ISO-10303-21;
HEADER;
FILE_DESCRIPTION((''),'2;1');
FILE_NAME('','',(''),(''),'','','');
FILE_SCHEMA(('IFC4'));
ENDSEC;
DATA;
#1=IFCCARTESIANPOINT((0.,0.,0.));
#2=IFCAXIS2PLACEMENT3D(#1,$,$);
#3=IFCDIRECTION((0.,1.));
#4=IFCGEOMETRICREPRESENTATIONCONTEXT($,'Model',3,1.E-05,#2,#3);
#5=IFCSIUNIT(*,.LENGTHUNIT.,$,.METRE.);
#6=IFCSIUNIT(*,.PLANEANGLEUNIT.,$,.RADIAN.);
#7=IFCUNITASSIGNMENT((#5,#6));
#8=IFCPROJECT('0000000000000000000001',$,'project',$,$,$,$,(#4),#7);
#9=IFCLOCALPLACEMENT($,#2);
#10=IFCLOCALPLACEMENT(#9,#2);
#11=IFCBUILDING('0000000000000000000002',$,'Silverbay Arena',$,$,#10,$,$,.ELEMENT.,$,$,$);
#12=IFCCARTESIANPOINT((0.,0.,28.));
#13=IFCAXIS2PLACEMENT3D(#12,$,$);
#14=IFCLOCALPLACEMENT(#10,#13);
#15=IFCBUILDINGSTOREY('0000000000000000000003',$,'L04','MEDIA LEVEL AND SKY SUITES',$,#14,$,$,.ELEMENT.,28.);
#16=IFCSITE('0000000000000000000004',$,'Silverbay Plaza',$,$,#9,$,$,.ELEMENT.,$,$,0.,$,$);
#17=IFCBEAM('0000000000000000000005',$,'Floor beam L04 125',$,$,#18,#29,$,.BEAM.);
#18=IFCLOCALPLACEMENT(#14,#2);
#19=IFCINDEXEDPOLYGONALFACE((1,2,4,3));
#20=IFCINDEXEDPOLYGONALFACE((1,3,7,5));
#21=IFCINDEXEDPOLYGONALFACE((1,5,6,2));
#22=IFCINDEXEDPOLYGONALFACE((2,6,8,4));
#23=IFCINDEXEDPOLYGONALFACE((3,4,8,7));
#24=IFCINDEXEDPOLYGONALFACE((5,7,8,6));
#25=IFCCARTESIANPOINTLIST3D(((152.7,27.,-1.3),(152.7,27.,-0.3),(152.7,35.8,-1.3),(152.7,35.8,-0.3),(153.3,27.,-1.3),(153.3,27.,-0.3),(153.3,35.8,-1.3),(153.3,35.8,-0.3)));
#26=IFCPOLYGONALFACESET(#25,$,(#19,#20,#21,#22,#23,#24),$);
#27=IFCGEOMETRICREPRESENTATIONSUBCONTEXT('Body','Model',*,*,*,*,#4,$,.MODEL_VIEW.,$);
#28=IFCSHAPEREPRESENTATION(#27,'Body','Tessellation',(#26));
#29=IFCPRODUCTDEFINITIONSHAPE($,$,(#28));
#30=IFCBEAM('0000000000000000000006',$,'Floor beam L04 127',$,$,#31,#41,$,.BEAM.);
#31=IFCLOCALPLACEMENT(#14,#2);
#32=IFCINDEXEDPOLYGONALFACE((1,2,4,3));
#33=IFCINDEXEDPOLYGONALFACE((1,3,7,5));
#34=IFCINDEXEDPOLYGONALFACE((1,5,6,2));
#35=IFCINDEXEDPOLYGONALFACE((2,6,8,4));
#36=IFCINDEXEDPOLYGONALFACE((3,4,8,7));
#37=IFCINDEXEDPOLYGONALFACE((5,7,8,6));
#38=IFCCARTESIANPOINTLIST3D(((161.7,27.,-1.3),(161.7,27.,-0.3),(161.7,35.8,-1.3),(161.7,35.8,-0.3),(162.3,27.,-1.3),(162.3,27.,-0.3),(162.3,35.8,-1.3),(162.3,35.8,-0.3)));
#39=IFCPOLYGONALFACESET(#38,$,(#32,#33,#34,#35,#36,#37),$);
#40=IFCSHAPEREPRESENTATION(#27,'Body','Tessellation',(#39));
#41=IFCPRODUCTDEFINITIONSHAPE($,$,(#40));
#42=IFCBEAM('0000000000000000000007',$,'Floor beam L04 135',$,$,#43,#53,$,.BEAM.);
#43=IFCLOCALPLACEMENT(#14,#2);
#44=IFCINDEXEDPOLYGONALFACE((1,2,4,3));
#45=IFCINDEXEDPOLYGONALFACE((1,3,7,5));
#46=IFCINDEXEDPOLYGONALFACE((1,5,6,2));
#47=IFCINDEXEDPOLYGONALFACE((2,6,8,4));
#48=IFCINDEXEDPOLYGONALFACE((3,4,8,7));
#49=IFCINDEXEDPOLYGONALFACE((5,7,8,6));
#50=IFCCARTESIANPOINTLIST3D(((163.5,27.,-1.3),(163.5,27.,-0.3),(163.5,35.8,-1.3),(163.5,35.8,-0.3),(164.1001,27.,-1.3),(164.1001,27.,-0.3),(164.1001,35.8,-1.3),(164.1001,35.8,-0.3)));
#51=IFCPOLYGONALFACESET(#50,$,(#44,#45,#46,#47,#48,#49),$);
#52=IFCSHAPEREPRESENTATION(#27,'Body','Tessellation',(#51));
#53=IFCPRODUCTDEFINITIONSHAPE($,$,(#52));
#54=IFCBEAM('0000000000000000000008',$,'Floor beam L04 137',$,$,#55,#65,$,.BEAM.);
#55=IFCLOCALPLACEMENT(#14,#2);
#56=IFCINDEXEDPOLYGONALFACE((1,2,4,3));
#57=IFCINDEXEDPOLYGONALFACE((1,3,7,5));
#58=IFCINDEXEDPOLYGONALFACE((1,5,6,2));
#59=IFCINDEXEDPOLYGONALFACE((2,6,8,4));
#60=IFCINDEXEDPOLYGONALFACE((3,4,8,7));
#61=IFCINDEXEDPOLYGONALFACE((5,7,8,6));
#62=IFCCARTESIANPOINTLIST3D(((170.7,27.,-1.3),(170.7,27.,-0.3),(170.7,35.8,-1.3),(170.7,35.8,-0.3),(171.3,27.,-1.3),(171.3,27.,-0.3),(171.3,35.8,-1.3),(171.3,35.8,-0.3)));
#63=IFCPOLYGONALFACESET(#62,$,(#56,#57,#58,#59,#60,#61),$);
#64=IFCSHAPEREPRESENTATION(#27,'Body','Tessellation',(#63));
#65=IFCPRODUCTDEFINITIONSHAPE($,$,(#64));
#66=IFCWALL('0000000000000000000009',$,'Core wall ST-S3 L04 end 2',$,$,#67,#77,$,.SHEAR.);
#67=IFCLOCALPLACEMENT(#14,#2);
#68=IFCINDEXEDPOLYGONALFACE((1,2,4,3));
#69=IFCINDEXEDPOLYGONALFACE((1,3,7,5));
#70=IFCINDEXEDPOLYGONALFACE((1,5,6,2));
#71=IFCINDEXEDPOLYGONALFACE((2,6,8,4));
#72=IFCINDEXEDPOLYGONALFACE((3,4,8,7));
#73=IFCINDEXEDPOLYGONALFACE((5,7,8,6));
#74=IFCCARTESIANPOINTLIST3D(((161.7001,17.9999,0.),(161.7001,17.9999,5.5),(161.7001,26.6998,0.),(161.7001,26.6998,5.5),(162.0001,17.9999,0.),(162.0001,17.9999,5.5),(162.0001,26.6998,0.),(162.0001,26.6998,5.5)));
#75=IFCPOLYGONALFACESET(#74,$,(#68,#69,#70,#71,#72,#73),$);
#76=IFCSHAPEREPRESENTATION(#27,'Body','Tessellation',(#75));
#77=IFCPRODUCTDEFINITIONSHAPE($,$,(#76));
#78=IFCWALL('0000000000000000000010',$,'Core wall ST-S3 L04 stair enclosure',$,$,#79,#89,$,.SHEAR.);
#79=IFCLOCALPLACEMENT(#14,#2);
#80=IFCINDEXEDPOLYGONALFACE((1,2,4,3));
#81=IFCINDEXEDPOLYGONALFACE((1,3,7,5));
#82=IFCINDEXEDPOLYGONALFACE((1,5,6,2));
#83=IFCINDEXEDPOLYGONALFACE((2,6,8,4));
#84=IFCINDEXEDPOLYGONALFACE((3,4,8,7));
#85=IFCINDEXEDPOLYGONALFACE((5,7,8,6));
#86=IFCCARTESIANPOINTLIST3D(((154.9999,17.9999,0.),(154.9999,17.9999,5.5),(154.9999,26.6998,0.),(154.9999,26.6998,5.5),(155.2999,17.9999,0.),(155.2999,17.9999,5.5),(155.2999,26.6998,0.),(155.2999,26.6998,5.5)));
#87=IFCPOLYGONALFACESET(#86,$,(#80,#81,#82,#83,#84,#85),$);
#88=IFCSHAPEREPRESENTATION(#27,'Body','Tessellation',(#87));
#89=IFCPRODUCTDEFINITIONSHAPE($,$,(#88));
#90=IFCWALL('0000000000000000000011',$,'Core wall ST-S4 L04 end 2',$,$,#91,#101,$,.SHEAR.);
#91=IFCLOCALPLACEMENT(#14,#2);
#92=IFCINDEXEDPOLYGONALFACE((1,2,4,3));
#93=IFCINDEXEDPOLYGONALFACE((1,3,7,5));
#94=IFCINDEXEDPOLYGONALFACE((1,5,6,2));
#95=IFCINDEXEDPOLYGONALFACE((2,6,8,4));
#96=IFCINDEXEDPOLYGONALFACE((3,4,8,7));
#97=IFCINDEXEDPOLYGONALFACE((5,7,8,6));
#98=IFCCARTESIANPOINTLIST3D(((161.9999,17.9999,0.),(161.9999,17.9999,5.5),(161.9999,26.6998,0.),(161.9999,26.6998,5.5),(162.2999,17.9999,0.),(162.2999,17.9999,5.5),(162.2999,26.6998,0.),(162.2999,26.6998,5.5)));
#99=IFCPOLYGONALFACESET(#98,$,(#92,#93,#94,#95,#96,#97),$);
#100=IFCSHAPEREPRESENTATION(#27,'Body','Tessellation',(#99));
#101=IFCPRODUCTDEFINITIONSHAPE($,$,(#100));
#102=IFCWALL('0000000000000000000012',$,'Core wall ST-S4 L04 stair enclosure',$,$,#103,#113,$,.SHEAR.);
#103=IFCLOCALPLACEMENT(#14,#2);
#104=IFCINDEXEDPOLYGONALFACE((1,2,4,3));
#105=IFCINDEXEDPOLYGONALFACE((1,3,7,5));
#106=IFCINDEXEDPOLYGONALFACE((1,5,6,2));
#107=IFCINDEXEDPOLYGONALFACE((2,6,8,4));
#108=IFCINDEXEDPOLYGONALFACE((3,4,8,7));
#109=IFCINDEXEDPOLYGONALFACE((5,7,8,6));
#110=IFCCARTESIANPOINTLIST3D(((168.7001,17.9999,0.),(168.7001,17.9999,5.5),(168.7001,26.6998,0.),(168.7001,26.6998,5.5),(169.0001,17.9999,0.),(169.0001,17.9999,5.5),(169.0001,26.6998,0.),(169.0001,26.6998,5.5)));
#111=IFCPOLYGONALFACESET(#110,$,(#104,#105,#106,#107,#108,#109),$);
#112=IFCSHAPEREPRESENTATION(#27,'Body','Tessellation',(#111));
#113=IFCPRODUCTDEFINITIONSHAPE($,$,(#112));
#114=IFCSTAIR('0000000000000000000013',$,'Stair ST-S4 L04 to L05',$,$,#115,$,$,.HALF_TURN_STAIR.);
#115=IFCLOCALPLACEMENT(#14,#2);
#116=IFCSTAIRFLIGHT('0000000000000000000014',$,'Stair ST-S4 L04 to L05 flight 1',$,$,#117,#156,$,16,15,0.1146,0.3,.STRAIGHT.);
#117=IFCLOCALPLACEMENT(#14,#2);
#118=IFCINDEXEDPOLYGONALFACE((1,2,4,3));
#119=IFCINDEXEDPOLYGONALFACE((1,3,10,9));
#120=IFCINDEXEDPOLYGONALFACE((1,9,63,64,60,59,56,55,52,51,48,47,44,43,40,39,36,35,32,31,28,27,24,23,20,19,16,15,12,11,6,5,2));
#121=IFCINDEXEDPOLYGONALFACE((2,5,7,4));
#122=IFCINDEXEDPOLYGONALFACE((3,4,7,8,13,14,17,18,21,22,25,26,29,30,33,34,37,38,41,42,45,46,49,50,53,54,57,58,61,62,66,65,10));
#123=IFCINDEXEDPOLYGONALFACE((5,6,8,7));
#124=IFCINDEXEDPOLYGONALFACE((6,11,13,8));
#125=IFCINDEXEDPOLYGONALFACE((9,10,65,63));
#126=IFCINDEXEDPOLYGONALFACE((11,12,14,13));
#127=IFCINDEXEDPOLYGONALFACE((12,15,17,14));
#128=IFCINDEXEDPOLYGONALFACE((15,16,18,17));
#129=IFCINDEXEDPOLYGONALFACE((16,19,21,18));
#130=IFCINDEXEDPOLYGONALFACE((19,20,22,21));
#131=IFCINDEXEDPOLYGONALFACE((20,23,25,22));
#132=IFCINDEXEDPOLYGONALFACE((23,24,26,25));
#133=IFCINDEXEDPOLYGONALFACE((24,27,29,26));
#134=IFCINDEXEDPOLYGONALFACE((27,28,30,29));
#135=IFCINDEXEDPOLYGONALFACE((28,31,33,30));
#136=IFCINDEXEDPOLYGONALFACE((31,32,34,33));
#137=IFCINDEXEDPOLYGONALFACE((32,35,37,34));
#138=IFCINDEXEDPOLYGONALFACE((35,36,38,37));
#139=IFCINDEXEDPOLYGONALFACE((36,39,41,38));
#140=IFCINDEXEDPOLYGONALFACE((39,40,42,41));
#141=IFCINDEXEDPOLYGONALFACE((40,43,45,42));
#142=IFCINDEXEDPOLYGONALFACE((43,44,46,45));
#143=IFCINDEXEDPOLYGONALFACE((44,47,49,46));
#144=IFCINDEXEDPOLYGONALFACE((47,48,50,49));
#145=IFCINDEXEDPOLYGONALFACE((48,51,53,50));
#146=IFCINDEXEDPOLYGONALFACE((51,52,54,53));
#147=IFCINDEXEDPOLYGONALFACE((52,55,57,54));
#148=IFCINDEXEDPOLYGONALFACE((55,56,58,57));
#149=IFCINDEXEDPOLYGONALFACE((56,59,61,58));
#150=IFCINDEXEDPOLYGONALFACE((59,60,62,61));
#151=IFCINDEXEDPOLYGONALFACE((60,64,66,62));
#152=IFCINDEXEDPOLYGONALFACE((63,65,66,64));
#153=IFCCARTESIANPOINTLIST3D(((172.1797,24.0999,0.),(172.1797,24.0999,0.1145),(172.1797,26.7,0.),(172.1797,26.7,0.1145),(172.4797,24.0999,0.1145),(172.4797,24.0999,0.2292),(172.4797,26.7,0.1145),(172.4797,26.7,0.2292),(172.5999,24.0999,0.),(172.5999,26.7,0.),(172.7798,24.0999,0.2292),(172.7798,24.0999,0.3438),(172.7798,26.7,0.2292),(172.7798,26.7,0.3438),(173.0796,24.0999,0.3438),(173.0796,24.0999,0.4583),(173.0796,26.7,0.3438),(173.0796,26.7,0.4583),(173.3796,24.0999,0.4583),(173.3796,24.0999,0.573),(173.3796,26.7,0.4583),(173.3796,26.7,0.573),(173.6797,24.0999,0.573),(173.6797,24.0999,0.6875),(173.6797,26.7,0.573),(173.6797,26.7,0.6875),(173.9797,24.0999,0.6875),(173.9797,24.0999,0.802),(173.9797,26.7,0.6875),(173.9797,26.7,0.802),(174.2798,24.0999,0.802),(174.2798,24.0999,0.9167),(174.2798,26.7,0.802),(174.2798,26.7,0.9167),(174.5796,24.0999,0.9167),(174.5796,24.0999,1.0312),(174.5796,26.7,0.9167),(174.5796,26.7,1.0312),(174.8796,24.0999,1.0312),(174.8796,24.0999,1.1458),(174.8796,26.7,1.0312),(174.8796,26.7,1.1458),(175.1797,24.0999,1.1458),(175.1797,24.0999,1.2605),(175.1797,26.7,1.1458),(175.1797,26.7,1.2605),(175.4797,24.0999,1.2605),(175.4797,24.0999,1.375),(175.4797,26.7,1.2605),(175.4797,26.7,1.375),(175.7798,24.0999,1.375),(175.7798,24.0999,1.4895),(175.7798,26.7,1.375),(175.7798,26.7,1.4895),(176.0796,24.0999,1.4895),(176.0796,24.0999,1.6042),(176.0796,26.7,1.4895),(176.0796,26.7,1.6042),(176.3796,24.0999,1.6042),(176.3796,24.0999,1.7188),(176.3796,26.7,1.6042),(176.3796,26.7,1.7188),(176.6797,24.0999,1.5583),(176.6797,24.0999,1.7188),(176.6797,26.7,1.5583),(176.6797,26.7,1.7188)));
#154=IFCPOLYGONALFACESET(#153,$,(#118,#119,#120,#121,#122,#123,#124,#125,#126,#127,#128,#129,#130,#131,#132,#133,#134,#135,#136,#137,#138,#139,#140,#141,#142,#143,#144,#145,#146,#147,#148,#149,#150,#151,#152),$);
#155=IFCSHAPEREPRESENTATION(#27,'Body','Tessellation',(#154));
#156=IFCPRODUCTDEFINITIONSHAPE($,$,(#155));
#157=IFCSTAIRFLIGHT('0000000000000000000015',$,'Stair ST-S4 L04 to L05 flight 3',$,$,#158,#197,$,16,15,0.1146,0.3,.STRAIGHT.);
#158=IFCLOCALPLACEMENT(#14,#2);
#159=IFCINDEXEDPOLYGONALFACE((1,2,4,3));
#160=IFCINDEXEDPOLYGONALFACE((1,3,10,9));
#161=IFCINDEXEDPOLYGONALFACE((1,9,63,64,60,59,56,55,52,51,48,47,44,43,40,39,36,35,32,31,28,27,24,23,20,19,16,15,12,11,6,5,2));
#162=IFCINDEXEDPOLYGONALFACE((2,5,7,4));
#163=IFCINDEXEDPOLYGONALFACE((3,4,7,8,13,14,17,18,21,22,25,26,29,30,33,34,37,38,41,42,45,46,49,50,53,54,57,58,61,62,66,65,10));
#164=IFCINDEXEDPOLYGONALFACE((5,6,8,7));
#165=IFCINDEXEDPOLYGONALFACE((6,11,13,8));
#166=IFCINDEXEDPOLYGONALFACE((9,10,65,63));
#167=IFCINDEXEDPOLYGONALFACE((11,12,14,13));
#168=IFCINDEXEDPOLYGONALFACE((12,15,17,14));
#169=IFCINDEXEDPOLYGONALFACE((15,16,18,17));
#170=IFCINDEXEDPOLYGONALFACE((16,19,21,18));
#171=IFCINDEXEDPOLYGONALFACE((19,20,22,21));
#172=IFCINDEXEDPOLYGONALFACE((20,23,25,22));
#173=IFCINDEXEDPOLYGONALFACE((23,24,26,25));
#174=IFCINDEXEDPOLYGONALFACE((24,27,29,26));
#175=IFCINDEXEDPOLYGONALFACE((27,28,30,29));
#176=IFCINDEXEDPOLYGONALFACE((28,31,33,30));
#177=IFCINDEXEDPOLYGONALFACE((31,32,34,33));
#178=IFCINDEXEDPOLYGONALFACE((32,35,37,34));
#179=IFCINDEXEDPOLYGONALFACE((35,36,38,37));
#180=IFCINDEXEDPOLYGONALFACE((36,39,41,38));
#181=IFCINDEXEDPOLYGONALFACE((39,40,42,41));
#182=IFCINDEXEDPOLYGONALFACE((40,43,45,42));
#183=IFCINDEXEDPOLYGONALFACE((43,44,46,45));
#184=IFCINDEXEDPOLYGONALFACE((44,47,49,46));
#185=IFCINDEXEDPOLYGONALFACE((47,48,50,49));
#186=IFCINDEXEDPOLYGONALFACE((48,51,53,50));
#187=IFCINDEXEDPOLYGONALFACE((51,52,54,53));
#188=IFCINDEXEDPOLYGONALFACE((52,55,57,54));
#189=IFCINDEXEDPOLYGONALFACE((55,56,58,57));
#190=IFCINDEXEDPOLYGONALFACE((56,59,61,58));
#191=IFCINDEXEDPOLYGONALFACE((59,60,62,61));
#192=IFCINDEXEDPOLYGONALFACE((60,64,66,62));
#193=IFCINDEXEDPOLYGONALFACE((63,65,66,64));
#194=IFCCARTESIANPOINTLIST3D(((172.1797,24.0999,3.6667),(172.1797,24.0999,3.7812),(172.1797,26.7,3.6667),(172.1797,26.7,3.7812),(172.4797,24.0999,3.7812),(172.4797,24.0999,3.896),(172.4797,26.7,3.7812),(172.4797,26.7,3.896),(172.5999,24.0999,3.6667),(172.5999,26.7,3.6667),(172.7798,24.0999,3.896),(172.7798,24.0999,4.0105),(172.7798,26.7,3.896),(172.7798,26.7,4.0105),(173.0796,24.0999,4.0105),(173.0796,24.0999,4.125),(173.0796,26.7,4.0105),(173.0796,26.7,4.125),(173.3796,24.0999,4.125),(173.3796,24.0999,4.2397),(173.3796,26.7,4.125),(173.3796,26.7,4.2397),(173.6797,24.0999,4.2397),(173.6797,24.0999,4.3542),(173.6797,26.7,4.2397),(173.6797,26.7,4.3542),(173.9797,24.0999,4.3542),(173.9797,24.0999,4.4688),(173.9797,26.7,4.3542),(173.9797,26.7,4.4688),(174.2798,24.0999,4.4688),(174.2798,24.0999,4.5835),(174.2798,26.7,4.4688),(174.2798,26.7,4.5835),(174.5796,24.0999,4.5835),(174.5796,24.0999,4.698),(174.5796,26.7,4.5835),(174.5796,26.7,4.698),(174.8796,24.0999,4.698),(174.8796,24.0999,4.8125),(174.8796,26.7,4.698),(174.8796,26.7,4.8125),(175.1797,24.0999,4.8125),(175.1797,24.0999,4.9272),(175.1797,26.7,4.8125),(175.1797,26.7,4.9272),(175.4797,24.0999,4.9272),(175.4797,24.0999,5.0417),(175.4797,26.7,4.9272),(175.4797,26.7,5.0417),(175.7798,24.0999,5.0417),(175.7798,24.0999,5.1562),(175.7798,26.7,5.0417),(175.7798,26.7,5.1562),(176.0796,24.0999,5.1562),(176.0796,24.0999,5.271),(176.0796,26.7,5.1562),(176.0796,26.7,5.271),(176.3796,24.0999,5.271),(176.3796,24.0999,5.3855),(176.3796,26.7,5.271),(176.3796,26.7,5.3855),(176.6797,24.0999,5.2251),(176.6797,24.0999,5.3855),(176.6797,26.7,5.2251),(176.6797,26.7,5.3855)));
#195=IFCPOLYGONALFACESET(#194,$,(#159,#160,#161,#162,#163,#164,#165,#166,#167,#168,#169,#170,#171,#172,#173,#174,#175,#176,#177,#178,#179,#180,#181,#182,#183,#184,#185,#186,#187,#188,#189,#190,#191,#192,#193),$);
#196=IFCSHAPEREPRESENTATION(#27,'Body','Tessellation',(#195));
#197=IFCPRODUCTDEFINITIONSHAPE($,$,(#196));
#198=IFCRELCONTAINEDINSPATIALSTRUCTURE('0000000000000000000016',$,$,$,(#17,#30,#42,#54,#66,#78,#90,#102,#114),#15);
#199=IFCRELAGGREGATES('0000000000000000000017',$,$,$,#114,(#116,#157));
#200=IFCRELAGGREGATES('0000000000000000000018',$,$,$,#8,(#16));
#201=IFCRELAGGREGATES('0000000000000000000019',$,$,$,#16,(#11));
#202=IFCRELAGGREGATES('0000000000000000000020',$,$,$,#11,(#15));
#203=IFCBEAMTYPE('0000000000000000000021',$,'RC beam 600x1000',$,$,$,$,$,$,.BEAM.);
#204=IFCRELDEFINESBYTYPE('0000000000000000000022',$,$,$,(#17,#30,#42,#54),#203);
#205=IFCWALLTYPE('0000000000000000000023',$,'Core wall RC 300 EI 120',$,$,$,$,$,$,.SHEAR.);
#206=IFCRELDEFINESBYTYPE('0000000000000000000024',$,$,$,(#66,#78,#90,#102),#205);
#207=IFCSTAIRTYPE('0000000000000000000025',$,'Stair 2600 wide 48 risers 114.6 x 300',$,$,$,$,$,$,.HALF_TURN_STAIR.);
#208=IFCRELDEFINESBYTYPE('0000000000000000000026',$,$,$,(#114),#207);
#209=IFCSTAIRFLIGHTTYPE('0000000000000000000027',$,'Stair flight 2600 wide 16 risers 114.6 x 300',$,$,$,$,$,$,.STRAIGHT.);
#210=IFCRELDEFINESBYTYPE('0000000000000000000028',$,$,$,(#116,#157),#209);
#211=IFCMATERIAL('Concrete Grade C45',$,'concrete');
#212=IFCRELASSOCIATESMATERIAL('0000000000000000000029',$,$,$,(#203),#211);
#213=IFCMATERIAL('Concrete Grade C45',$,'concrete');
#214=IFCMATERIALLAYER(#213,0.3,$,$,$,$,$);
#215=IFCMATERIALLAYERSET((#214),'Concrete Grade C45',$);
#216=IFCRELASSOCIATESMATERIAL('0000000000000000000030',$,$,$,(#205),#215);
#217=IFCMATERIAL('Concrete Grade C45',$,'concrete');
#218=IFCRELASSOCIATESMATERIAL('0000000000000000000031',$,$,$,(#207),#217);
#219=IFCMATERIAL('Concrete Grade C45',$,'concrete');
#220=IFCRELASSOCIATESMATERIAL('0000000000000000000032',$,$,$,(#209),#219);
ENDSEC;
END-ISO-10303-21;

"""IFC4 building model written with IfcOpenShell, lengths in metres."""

from ifc_helpers import new_model, si_unit, direction, frame, frame_2d, origin, origin_2d, place, context, subcontext, project, spatial, polyline, rectangle, outline, extrude, material, layer, layer_set, material_profile, profile_set, type_object, element, aggregate, save


model = new_model("IFC4")

# Units and contexts
model_context = context("Model", 3, precision=1e-05, world=origin(), true_north=direction((0.0, 1.0)))
body_context = subcontext(model_context, "Body", "Model", "MODEL_VIEW")
ifc_project = project(units=[si_unit("LENGTHUNIT", "METRE"), si_unit("PLANEANGLEUNIT", "RADIAN")], contexts=[model_context])

# Site, building, storey
site_placement = place(None, origin())
site = spatial("IfcSite", under=ifc_project, at=site_placement, Name="Silverbay Plaza", CompositionType="ELEMENT", RefElevation=0.0)
building_placement = place(site_placement, origin())
building = spatial("IfcBuilding", under=site, at=building_placement, Name="Silverbay Arena", CompositionType="ELEMENT")
storey_placement = place(building_placement, frame((0.0, 0.0, 28.0)))
storey = spatial("IfcBuildingStorey", under=building, at=storey_placement, Name="L04", Description="MEDIA LEVEL AND SKY SUITES", CompositionType="ELEMENT", Elevation=28.0)

# Beams
ifc_material_1 = material(Name="Concrete Grade C45", Category="concrete")
ifc_material_profile_1 = material_profile(ifc_material_1, rectangle(XDim=0.6001, YDim=1.0, at=origin_2d()), Name="RC 600x1000")
ifc_profile_set_1 = profile_set([ifc_material_profile_1], Name="Concrete Grade C45")
beam_type = type_object("IfcBeamType", Name="RC beam 600x1000", PredefinedType="BEAM", material=ifc_profile_set_1)
for number, where, z_axis, x_axis, name in (
    (1, (153.0, 27.0, -0.8), (0.0, 1.0, 0.0), (-1.0, 0.0, 0.0), "Floor beam L04 125"),
    (2, (162.0, 27.0, -0.8), (0.0, 1.0, 0.0), (-1.0, 0.0, 0.0), "Floor beam L04 127"),
    (3, (163.8, 27.0, -0.8), (0.0, 1.0, 0.0), (-1.0, 0.0, 0.0), "Floor beam L04 135"),
    (4, (171.0, 27.0, -0.8), (0.0, 1.0, 0.0), (-1.0, 0.0, 0.0), "Floor beam L04 137"),
):
    element("IfcBeam", number, at=place(storey_placement, frame(where, z_axis=z_axis, x_axis=x_axis)), inside=storey, type_object=beam_type, Name=name, PredefinedType="BEAM", context=body_context, shape_type="SweptSolid", body=[
        extrude(rectangle(XDim=0.6001, YDim=1.0, at=origin_2d()), origin(), (0.0, 0.0, 1.0), 8.8),
    ])

# Walls
ifc_material_2 = material(Name="Concrete Grade C45", Category="concrete")
ifc_layer = layer(ifc_material_2, 0.3)
ifc_layer_set = layer_set([ifc_layer], Name="Concrete Grade C45")
wall_type = type_object("IfcWallType", Name="Core wall RC 300 EI 120", PredefinedType="SHEAR", material=ifc_layer_set)
for number, where, z_axis, x_axis, name in (
    (5, (161.8501, 26.7, 0.0), (0.0, 0.0, 1.0), (0.0, -1.0, 0.0), "Core wall ST-S3 L04 end 2"),
    (6, (155.1499, 26.7, 0.0), (0.0, 0.0, 1.0), (0.0, -1.0, 0.0), "Core wall ST-S3 L04 stair enclosure"),
    (7, (162.1499, 26.7, 0.0), (0.0, 0.0, 1.0), (0.0, -1.0, 0.0), "Core wall ST-S4 L04 end 2"),
    (8, (168.8501, 26.7, 0.0), (0.0, 0.0, 1.0), (0.0, -1.0, 0.0), "Core wall ST-S4 L04 stair enclosure"),
):
    element("IfcWall", number, at=place(storey_placement, frame(where, z_axis=z_axis, x_axis=x_axis)), inside=storey, type_object=wall_type, Name=name, PredefinedType="SHEAR", context=body_context, shape_type="SweptSolid", body=[
        extrude(rectangle(XDim=8.7, YDim=0.3, at=frame_2d((4.3501, 0.0))), origin(), (0.0, 0.0, 1.0), 5.5),
    ])

# Stair, stair flights
ifc_material_3 = material(Name="Concrete Grade C45", Category="concrete")
stair_type = type_object("IfcStairType", Name="Stair 2600 wide 48 risers 114.6 x 300", PredefinedType="HALF_TURN_STAIR", material=ifc_material_3)
stair_placement = place(storey_placement, origin())
stair = element("IfcStair", 9, at=stair_placement, inside=storey, type_object=stair_type, Name="Stair ST-S4 L04 to L05", PredefinedType="HALF_TURN_STAIR")
ifc_material_4 = material(Name="Concrete Grade C45", Category="concrete")
stair_flight_type = type_object("IfcStairFlightType", Name="Stair flight 2600 wide 16 risers 114.6 x 300", PredefinedType="STRAIGHT", material=ifc_material_4)
stair_flight_1_placement = place(storey_placement, frame((172.1797, 25.3999, 0.0), z_axis=(0.0, 0.0, 1.0), x_axis=(1.0, 0.0, 0.0)))
stair_flight_1 = element("IfcStairFlight", 10, at=stair_flight_1_placement, type_object=stair_flight_type, Name="Stair ST-S4 L04 to L05 flight 1", NumberOfRisers=16, NumberOfTreads=15, PredefinedType="STRAIGHT", RiserHeight=0.1146, TreadLength=0.3, context=body_context, shape_type="SweptSolid", body=[
    extrude(outline(polyline([(0.0, 0.0), (0.0, 0.1145), (0.3, 0.1145), (0.3, 0.2292), (0.6001, 0.2292), (0.6001, 0.3438), (0.8999, 0.3438), (0.8999, 0.4583), (1.2, 0.4583), (1.2, 0.573), (1.5, 0.573), (1.5, 0.6875), (1.8, 0.6875), (1.8, 0.802), (2.1001, 0.802), (2.1001, 0.9167), (2.3999, 0.9167), (2.3999, 1.0312), (2.7, 1.0312), (2.7, 1.1458), (3.0, 1.1458), (3.0, 1.2605), (3.3, 1.2605), (3.3, 1.375), (3.6001, 1.375), (3.6001, 1.4895), (3.8999, 1.4895), (3.8999, 1.6042), (4.2, 1.6042), (4.2, 1.7188), (4.5, 1.7188), (4.5, 1.5583), (0.4202, 0.0), (0.0, 0.0)])), frame((0.0, 1.3, 0.0), z_axis=(0.0, -1.0, 0.0), x_axis=(1.0, 0.0, 0.0)), (0.0, 0.0, 1.0), 2.6001),
])
stair_flight_2_placement = place(storey_placement, frame((172.1797, 25.3999, 3.6667), z_axis=(0.0, 0.0, 1.0), x_axis=(1.0, 0.0, 0.0)))
stair_flight_2 = element("IfcStairFlight", 11, at=stair_flight_2_placement, type_object=stair_flight_type, Name="Stair ST-S4 L04 to L05 flight 3", NumberOfRisers=16, NumberOfTreads=15, PredefinedType="STRAIGHT", RiserHeight=0.1146, TreadLength=0.3, context=body_context, shape_type="SweptSolid", body=[
    extrude(outline(polyline([(0.0, 0.0), (0.0, 0.1145), (0.3, 0.1145), (0.3, 0.2292), (0.6001, 0.2292), (0.6001, 0.3438), (0.8999, 0.3438), (0.8999, 0.4583), (1.2, 0.4583), (1.2, 0.573), (1.5, 0.573), (1.5, 0.6875), (1.8, 0.6875), (1.8, 0.802), (2.1001, 0.802), (2.1001, 0.9167), (2.3999, 0.9167), (2.3999, 1.0312), (2.7, 1.0312), (2.7, 1.1458), (3.0, 1.1458), (3.0, 1.2605), (3.3, 1.2605), (3.3, 1.375), (3.6001, 1.375), (3.6001, 1.4895), (3.8999, 1.4895), (3.8999, 1.6042), (4.2, 1.6042), (4.2, 1.7188), (4.5, 1.7188), (4.5, 1.5583), (0.4202, 0.0), (0.0, 0.0)])), frame((0.0, 1.3, 0.0), z_axis=(0.0, -1.0, 0.0), x_axis=(1.0, 0.0, 0.0)), (0.0, 0.0, 1.0), 2.6001),
])
aggregate(stair, [stair_flight_1, stair_flight_2])

save(model, "model.ifc")
